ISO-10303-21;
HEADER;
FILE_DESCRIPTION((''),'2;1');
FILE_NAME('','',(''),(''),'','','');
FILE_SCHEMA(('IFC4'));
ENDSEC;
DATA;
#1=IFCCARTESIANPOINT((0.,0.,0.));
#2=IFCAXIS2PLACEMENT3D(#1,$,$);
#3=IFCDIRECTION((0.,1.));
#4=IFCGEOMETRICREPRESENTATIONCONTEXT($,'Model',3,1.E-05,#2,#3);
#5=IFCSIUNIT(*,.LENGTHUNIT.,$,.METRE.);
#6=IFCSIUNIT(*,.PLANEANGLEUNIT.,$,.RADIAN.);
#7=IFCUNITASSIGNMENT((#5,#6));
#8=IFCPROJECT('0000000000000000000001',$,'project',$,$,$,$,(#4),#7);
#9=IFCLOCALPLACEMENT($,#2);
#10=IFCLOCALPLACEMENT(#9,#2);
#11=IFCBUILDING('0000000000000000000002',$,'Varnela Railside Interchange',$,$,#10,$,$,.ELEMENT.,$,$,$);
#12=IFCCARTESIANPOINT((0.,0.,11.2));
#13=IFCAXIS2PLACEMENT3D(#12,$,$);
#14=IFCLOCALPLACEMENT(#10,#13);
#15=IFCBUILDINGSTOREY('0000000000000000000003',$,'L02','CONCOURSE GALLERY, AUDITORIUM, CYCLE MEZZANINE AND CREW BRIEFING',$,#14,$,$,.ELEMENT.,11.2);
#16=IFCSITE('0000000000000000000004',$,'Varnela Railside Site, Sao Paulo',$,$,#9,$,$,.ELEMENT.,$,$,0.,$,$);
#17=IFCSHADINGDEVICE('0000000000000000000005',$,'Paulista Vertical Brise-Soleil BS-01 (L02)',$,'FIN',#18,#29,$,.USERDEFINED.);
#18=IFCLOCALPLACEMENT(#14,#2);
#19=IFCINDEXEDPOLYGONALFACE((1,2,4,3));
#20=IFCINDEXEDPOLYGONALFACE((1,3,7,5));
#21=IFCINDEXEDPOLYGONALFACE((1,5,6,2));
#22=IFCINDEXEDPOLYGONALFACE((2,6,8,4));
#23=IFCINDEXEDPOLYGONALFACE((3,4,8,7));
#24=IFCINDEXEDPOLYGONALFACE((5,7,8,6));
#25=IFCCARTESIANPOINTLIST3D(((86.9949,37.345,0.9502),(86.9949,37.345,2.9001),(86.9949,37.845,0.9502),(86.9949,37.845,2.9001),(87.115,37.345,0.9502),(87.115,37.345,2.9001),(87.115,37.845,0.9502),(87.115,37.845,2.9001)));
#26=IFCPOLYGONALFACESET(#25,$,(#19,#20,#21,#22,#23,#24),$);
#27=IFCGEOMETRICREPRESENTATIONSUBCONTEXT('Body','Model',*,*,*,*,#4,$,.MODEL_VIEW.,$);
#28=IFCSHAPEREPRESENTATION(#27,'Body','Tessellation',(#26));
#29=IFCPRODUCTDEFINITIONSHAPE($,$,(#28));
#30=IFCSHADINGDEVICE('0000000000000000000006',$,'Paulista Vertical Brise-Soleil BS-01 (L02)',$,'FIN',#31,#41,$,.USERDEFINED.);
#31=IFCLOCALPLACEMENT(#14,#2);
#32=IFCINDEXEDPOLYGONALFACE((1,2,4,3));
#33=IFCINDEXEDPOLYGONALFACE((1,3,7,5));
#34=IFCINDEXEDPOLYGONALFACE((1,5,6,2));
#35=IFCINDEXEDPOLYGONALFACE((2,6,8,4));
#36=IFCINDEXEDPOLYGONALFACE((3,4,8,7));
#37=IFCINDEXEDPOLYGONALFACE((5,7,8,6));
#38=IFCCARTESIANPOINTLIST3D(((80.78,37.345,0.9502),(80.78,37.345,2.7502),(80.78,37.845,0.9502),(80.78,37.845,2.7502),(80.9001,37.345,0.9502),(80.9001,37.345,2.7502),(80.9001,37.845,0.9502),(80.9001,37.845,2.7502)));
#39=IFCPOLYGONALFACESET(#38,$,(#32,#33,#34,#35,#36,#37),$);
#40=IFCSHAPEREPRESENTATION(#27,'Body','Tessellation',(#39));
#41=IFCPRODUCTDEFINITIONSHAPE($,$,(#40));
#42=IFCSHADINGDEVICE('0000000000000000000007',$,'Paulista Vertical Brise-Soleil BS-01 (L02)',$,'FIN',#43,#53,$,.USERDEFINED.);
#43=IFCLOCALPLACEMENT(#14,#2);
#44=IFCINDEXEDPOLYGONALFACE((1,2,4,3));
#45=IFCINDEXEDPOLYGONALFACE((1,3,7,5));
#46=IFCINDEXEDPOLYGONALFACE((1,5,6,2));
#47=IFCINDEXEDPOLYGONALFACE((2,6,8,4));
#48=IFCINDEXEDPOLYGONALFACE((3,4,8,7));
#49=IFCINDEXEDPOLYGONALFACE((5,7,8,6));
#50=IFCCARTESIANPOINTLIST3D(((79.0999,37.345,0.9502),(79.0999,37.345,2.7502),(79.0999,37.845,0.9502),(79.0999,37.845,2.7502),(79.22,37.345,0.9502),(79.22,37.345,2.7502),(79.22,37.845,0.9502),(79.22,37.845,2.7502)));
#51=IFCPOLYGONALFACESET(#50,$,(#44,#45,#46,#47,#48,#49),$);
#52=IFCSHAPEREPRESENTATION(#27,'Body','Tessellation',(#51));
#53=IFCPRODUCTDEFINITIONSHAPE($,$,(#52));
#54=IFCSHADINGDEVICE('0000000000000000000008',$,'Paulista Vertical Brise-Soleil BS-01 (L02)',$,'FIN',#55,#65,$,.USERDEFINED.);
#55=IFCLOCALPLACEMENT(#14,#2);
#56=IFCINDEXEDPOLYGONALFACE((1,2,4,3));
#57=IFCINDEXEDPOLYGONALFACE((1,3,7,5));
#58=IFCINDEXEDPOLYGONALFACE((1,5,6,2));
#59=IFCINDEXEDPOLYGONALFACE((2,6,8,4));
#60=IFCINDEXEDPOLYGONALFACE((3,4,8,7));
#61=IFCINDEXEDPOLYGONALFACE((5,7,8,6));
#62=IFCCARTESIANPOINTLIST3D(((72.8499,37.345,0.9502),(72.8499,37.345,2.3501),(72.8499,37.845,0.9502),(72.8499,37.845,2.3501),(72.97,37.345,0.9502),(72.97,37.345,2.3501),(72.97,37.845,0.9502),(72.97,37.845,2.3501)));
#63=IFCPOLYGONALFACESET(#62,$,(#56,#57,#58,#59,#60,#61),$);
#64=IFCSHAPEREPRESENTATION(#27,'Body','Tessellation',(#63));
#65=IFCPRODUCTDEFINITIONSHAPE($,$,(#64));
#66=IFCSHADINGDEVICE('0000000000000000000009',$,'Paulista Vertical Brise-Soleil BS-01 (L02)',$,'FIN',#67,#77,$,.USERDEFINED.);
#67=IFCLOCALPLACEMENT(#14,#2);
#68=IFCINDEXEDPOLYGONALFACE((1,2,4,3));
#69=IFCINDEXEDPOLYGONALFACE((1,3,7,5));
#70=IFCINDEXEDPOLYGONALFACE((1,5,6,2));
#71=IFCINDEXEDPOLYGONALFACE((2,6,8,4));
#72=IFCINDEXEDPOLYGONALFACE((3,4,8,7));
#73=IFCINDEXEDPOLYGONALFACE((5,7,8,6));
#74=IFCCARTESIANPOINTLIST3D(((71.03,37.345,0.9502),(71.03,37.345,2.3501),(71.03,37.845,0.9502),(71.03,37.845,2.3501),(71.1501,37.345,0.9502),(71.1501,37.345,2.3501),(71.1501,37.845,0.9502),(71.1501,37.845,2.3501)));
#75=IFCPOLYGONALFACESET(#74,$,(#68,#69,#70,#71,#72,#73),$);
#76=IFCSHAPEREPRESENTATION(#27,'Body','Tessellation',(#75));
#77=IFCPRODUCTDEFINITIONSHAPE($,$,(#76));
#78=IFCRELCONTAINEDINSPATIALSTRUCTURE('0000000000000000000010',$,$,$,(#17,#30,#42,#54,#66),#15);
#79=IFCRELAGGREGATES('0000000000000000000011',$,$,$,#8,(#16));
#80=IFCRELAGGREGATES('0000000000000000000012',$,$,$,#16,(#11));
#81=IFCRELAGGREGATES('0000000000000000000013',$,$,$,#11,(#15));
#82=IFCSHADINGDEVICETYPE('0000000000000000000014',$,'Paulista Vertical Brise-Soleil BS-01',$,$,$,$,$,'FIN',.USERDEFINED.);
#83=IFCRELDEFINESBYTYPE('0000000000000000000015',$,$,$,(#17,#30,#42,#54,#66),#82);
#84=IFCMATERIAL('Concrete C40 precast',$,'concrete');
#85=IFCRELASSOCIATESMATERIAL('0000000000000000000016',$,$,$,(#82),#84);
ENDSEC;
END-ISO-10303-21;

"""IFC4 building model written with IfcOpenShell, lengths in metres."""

from ifc_helpers import new_model, si_unit, direction, frame, origin, origin_2d, place, context, subcontext, project, spatial, rectangle, extrude, material, type_object, element, save


model = new_model("IFC4")

# Units and contexts
model_context = context("Model", 3, precision=1e-05, world=origin(), true_north=direction((0.0, 1.0)))
body_context = subcontext(model_context, "Body", "Model", "MODEL_VIEW")
ifc_project = project(units=[si_unit("LENGTHUNIT", "METRE"), si_unit("PLANEANGLEUNIT", "RADIAN")], contexts=[model_context])

# Site, building, storey
site_placement = place(None, origin())
site = spatial("IfcSite", under=ifc_project, at=site_placement, Name="Varnela Railside Site, Sao Paulo", CompositionType="ELEMENT", RefElevation=0.0)
building_placement = place(site_placement, origin())
building = spatial("IfcBuilding", under=site, at=building_placement, Name="Varnela Railside Interchange", CompositionType="ELEMENT")
storey_placement = place(building_placement, frame((0.0, 0.0, 11.2)))
storey = spatial("IfcBuildingStorey", under=building, at=storey_placement, Name="L02", Description="CONCOURSE GALLERY, AUDITORIUM, CYCLE MEZZANINE AND CREW BRIEFING", CompositionType="ELEMENT", Elevation=11.2)

# Shared definitions
ifc_material_1 = material(Name="Concrete C40 precast", Category="concrete")

# Shading devices
shading_device_type = type_object("IfcShadingDeviceType", Name="Paulista Vertical Brise-Soleil BS-01", ElementType="FIN", PredefinedType="USERDEFINED", material=ifc_material_1)
for number, where, z_axis, x_axis, name in (
    (1, (87.0549, 37.595, 0.9502), (0.0, 0.0, 1.0), (0.0, -1.0, 0.0), "Paulista Vertical Brise-Soleil BS-01 (L02)"),
):
    element("IfcShadingDevice", number, at=place(storey_placement, frame(where, z_axis=z_axis, x_axis=x_axis)), inside=storey, type_object=shading_device_type, Name=name, ObjectType="FIN", PredefinedType="USERDEFINED", context=body_context, shape_type="SweptSolid", body=[
        extrude(rectangle(XDim=0.5, YDim=0.1201, at=origin_2d()), origin(), (0.0, 0.0, 1.0), 1.95),
    ])
for number, where, z_axis, x_axis, name in (
    (2, (80.8401, 37.595, 0.9502), (0.0, 0.0, 1.0), (0.0, -1.0, 0.0), "Paulista Vertical Brise-Soleil BS-01 (L02)"),
    (3, (79.1599, 37.595, 0.9502), (0.0, 0.0, 1.0), (0.0, -1.0, 0.0), "Paulista Vertical Brise-Soleil BS-01 (L02)"),
):
    element("IfcShadingDevice", number, at=place(storey_placement, frame(where, z_axis=z_axis, x_axis=x_axis)), inside=storey, type_object=shading_device_type, Name=name, ObjectType="FIN", PredefinedType="USERDEFINED", context=body_context, shape_type="SweptSolid", body=[
        extrude(rectangle(XDim=0.5, YDim=0.1201, at=origin_2d()), origin(), (0.0, 0.0, 1.0), 1.8),
    ])
for number, where, z_axis, x_axis, name in (
    (4, (72.9099, 37.595, 0.9502), (0.0, 0.0, 1.0), (0.0, -1.0, 0.0), "Paulista Vertical Brise-Soleil BS-01 (L02)"),
    (5, (71.0901, 37.595, 0.9502), (0.0, 0.0, 1.0), (0.0, -1.0, 0.0), "Paulista Vertical Brise-Soleil BS-01 (L02)"),
):
    element("IfcShadingDevice", number, at=place(storey_placement, frame(where, z_axis=z_axis, x_axis=x_axis)), inside=storey, type_object=shading_device_type, Name=name, ObjectType="FIN", PredefinedType="USERDEFINED", context=body_context, shape_type="SweptSolid", body=[
        extrude(rectangle(XDim=0.5, YDim=0.1201, at=origin_2d()), origin(), (0.0, 0.0, 1.0), 1.3999),
    ])

save(model, "model.ifc")
